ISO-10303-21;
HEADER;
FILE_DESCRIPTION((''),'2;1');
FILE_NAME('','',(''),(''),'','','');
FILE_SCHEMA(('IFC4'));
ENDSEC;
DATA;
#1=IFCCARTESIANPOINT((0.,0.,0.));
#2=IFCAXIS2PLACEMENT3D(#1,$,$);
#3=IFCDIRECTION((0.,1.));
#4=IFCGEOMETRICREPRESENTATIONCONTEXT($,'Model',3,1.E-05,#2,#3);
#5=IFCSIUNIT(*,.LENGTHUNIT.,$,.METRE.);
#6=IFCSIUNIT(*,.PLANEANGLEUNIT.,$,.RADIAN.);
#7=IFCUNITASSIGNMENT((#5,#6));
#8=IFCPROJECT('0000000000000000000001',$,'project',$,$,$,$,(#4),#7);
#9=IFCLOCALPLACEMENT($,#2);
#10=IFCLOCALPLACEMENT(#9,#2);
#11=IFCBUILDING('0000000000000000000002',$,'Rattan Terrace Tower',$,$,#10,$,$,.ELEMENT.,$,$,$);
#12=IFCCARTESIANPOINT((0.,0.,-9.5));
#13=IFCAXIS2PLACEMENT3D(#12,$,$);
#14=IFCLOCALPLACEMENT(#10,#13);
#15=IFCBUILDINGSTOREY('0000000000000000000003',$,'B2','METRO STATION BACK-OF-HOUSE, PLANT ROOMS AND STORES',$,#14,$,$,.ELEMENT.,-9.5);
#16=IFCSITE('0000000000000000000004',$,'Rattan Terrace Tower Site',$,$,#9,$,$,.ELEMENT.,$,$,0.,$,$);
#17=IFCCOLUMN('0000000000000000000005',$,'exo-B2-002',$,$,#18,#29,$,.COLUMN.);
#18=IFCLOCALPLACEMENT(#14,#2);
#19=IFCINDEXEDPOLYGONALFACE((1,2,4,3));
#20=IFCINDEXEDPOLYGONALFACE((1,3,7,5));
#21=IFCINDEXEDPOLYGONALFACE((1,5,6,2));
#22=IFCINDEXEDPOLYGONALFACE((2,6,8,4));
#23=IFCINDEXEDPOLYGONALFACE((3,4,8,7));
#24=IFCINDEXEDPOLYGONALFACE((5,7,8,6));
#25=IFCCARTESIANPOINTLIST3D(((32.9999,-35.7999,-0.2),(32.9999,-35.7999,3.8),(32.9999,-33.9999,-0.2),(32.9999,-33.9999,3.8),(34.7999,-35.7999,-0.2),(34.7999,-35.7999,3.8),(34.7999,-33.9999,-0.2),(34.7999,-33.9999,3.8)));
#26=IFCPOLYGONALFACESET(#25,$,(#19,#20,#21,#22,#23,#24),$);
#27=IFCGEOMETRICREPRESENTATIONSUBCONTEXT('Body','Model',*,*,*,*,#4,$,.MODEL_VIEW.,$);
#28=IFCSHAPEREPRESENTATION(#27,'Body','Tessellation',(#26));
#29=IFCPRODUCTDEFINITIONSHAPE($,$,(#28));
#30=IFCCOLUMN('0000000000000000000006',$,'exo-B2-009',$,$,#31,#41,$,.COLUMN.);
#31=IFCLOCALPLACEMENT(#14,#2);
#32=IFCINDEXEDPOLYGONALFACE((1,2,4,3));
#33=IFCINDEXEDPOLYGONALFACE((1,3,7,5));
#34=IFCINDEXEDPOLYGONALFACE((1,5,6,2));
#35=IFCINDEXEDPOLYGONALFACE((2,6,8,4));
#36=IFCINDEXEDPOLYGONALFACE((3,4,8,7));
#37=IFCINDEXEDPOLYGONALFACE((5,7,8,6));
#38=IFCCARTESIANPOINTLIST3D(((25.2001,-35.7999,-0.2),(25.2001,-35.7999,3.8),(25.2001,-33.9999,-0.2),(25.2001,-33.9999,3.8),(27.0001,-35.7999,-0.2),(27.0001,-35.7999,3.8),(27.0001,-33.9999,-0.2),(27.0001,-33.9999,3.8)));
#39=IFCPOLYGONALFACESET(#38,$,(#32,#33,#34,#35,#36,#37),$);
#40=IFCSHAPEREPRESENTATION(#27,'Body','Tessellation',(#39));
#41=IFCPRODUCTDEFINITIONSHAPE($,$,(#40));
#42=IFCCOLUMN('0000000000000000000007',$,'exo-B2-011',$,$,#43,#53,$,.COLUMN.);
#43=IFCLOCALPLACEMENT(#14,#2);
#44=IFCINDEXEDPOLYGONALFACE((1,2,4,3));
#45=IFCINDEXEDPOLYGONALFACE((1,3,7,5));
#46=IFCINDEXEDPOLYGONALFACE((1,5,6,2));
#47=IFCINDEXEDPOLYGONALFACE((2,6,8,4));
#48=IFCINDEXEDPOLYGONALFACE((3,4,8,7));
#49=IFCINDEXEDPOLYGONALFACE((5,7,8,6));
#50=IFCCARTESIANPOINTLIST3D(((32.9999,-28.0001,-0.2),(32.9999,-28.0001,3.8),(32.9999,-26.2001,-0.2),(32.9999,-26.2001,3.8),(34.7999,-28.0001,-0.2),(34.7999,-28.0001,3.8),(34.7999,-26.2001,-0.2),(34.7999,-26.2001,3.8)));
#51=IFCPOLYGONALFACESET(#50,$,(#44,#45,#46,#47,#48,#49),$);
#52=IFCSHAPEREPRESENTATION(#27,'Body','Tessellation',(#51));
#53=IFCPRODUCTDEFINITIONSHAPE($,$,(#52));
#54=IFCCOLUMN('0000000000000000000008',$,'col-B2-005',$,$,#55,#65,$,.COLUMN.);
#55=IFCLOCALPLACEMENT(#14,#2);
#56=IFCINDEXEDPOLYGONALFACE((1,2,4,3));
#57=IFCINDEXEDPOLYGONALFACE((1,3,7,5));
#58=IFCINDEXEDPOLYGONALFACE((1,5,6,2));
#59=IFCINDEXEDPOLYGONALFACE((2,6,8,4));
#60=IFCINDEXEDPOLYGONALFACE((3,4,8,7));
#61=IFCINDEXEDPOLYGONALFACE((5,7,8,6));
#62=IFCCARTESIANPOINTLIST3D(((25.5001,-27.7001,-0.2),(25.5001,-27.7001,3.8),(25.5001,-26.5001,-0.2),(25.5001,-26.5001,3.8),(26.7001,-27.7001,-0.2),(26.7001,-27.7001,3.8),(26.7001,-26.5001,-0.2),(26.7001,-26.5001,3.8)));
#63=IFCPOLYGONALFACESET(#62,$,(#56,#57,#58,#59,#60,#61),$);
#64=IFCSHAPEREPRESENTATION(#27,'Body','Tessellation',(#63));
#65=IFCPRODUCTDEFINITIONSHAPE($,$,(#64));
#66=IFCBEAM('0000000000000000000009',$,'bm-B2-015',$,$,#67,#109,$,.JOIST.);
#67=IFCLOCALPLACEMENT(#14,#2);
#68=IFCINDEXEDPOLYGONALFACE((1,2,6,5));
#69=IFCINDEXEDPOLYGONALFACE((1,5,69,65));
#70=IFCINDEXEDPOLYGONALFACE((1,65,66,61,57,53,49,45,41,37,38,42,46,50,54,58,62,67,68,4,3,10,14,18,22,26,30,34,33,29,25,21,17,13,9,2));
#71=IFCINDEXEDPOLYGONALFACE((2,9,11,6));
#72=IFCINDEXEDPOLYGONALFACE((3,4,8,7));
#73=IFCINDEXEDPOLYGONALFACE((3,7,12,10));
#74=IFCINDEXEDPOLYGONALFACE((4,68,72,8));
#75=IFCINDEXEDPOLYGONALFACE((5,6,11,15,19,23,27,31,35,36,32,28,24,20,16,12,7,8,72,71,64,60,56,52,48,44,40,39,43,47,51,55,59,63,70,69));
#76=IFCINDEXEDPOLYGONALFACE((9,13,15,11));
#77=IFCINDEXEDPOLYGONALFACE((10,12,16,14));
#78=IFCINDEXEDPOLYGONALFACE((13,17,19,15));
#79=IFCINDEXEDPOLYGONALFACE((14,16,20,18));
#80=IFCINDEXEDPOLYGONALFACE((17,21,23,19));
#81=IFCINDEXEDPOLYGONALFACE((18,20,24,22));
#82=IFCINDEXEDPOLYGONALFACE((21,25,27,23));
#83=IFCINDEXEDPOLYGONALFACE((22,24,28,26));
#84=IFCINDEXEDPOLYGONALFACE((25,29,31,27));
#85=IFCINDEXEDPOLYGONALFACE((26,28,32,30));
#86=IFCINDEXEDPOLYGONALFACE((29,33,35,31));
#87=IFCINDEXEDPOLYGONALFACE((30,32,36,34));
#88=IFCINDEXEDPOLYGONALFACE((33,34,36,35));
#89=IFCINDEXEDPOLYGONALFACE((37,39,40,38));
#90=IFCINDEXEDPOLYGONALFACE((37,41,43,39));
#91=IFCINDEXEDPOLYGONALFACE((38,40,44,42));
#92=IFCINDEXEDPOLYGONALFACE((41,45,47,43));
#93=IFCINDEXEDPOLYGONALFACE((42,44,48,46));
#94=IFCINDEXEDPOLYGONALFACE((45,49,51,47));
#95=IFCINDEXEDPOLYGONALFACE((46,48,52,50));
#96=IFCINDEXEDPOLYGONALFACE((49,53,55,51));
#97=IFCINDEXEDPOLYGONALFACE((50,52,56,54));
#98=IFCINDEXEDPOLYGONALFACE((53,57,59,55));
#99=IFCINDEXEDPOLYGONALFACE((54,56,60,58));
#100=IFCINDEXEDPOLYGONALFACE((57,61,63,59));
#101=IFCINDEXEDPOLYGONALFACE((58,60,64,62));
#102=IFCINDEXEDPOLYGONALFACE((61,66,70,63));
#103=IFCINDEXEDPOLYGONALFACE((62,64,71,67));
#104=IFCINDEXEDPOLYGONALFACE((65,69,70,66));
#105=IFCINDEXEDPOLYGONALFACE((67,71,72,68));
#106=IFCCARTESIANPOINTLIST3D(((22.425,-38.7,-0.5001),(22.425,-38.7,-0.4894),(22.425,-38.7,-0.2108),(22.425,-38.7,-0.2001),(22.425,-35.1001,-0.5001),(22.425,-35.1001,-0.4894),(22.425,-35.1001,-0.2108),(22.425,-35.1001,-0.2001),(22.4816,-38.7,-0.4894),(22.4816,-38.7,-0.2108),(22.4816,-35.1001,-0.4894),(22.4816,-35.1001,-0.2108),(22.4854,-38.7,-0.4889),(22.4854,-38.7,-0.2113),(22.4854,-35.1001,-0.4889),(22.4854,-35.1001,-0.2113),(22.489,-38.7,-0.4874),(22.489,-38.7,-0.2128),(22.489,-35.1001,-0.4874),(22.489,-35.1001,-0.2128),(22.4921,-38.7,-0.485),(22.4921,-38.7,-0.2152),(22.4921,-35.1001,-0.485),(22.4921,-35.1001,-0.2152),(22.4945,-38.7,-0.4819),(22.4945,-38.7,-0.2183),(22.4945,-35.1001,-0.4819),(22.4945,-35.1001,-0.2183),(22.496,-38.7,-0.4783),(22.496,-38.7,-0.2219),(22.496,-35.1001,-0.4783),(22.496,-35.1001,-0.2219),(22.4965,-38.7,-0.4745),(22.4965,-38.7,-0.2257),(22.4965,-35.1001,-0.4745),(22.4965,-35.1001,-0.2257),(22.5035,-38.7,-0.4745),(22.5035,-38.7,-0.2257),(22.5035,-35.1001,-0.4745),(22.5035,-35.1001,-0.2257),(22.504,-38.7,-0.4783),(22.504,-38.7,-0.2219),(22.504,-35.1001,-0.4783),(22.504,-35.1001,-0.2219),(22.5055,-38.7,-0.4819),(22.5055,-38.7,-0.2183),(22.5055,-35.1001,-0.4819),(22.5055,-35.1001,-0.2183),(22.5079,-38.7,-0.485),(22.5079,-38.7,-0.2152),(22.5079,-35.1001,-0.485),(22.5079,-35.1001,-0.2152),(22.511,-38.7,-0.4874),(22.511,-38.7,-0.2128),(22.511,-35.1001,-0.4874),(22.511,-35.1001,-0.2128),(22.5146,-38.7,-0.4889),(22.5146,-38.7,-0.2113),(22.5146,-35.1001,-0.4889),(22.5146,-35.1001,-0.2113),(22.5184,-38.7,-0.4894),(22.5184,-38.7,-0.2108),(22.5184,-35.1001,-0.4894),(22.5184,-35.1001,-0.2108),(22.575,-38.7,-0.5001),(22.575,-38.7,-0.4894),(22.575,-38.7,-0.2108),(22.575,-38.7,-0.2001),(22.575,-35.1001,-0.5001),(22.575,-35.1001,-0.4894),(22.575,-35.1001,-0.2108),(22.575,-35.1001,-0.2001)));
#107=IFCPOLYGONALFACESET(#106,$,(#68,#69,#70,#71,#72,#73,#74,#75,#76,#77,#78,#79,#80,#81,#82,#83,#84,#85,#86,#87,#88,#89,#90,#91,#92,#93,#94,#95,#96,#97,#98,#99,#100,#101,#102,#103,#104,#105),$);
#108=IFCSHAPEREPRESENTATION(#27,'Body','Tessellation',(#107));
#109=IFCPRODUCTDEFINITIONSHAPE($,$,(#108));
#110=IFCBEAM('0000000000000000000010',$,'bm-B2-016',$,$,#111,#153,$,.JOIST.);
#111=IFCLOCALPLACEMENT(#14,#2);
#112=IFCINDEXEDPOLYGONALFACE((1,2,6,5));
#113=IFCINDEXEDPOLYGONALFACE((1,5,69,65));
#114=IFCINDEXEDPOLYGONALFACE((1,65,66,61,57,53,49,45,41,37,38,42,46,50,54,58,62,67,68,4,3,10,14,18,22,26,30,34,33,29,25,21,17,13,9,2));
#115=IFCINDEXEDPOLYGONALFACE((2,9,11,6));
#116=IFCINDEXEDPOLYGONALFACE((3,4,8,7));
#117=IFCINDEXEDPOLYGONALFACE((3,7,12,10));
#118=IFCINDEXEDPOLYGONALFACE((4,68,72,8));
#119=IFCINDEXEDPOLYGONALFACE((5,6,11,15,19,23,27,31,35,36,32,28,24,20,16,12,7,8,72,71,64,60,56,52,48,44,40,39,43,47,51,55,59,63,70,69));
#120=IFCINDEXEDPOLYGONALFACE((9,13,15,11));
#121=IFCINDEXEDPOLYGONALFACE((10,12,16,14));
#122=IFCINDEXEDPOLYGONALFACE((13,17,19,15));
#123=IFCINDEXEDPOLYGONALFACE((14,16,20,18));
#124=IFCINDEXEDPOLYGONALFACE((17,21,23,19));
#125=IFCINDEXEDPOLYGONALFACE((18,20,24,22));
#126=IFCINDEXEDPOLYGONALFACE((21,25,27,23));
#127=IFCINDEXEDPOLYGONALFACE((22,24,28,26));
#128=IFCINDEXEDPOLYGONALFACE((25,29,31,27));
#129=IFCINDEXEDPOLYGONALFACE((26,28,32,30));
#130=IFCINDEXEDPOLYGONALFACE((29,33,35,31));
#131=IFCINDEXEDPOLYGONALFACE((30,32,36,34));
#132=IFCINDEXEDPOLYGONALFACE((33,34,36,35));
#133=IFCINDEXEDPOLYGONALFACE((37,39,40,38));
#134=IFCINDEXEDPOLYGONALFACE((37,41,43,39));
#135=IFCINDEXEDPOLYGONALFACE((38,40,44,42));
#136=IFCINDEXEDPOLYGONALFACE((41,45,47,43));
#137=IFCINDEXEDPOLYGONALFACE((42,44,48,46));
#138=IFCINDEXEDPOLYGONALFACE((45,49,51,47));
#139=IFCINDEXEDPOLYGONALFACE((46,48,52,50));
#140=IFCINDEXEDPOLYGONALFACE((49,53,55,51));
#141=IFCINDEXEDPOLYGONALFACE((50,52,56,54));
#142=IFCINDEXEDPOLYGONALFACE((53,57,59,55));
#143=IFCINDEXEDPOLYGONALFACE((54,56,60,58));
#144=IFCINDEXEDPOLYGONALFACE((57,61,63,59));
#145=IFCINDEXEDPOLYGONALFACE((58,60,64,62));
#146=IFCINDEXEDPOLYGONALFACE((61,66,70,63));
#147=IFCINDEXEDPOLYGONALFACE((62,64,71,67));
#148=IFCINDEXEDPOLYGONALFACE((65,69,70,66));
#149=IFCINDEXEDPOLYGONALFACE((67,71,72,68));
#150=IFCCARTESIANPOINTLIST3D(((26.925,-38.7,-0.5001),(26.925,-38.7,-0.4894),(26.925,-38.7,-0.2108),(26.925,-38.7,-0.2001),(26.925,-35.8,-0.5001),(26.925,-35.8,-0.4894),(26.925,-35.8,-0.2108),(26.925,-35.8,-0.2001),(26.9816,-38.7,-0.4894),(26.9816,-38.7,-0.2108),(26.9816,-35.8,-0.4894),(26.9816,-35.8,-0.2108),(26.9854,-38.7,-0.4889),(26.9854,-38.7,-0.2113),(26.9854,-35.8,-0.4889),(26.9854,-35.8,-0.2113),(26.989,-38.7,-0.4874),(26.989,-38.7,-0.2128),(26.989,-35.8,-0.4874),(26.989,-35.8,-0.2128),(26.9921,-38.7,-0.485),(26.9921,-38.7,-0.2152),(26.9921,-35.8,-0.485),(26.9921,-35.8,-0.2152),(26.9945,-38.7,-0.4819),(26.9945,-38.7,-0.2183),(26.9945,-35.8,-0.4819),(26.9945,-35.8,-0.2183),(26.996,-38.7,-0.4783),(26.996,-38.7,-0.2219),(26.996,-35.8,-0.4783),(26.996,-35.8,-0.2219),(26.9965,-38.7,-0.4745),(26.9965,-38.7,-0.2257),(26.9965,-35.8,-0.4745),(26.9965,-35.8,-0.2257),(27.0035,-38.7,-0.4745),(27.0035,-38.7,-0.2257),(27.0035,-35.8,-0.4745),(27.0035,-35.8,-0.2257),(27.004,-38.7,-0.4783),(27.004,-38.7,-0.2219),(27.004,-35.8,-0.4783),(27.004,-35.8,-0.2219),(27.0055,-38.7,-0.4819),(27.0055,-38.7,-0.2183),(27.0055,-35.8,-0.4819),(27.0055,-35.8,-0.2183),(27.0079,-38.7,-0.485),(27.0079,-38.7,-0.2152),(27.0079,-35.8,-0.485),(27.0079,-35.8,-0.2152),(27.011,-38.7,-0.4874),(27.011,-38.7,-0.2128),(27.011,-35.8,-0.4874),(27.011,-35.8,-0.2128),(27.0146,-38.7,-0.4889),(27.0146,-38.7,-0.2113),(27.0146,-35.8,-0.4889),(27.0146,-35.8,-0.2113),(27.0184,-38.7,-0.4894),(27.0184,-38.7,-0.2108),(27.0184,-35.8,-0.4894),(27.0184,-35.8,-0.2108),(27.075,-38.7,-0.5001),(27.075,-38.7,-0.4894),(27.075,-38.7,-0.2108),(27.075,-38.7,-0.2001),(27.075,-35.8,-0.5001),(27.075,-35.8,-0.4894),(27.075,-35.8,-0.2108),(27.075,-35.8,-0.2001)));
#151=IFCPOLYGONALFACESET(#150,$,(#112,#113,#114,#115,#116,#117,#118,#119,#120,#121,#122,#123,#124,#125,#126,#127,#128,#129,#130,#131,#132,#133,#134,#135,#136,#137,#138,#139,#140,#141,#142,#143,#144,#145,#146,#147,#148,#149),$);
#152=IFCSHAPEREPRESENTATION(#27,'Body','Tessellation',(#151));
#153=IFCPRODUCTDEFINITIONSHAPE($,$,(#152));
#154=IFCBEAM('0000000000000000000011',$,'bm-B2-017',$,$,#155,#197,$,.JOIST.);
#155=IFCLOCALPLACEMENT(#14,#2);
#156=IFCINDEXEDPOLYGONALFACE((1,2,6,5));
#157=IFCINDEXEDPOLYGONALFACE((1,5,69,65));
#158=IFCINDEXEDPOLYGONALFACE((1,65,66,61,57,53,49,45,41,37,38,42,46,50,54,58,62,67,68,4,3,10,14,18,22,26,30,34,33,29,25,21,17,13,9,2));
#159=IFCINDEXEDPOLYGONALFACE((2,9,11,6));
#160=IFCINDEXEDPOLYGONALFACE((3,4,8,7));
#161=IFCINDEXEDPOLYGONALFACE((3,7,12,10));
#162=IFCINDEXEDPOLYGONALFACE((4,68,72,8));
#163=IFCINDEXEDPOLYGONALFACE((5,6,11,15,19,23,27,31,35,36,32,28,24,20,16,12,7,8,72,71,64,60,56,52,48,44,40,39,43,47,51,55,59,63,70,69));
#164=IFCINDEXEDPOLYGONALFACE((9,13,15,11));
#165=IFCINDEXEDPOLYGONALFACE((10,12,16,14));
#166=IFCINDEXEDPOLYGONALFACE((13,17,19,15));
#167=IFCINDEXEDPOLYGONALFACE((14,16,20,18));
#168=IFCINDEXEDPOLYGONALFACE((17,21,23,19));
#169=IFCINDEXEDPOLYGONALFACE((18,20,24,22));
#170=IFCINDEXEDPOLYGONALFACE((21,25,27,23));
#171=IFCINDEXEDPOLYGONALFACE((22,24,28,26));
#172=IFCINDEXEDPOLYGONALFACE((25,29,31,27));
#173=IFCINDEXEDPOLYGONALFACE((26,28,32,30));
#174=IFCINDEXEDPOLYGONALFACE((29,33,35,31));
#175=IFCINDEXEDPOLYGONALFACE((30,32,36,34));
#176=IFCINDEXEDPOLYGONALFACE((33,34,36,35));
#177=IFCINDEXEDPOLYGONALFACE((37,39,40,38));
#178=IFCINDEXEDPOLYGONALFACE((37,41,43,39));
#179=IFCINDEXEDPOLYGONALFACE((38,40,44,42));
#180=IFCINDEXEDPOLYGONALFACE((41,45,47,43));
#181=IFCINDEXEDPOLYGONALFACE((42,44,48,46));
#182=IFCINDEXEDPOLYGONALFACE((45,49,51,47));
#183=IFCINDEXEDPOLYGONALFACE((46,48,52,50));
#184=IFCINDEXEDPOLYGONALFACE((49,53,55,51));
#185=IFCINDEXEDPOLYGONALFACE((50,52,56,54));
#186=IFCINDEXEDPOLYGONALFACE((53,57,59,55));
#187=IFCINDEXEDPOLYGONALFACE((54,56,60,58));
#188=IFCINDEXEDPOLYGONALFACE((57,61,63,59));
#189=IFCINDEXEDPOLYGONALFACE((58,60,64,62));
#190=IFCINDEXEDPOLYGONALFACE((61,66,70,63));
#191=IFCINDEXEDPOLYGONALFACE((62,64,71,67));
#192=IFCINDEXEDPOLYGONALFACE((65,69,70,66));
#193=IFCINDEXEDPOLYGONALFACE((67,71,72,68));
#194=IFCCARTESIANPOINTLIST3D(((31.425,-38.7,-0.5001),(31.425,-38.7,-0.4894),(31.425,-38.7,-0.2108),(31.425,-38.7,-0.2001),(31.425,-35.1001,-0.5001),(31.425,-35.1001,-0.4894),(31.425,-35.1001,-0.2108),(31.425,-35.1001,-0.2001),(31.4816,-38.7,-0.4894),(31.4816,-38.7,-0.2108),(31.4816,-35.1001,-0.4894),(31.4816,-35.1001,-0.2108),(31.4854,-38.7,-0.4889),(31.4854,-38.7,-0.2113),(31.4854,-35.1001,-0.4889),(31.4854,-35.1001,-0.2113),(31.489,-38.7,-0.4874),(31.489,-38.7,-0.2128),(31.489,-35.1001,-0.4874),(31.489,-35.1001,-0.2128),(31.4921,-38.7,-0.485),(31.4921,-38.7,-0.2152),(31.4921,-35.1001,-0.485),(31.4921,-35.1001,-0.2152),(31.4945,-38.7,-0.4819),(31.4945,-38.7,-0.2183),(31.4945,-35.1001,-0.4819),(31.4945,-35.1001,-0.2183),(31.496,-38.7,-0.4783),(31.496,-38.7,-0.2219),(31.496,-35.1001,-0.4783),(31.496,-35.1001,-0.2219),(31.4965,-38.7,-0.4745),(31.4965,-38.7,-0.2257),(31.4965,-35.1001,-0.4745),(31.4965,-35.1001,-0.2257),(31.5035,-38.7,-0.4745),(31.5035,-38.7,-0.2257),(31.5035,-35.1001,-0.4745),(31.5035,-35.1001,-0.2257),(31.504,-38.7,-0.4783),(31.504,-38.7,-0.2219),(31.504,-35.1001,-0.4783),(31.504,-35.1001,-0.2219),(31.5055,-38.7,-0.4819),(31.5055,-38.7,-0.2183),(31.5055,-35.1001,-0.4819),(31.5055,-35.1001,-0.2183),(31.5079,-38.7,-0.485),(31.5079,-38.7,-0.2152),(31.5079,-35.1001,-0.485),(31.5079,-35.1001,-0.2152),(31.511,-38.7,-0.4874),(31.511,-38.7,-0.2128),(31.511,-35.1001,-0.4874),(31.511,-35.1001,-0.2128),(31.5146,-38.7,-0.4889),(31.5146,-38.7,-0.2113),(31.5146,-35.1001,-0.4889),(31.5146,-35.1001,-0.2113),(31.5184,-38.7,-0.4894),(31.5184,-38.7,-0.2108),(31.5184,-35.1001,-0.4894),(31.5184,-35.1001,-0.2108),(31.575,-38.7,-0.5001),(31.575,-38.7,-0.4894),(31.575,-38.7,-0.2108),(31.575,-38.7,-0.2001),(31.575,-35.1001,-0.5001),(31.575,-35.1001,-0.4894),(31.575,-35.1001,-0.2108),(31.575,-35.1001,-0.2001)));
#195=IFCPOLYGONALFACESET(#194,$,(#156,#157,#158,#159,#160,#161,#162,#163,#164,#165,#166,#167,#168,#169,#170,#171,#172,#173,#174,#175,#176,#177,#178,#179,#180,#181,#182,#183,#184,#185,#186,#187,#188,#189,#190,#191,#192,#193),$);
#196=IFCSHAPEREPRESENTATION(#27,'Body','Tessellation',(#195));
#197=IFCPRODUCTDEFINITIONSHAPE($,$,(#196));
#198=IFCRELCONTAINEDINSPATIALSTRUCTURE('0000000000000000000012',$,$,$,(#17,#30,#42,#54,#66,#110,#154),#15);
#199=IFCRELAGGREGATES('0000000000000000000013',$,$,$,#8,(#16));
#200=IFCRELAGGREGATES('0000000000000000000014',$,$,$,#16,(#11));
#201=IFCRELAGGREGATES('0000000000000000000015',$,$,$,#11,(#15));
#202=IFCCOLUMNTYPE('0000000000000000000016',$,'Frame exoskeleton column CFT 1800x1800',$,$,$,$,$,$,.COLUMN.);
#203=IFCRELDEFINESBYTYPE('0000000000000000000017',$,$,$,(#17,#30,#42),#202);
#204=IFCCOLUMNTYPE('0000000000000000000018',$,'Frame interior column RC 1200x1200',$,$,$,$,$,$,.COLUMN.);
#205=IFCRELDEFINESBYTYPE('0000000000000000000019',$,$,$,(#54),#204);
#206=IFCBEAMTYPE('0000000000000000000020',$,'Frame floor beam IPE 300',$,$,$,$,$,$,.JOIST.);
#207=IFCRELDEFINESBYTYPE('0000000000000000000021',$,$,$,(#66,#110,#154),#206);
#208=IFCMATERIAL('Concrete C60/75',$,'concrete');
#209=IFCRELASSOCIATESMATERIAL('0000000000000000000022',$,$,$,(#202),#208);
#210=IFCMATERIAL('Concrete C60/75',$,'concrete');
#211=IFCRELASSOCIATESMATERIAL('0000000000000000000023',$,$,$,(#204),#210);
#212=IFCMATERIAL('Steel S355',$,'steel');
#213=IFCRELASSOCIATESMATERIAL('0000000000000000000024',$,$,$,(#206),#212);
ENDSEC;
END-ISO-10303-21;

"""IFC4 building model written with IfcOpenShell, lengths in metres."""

from ifc_helpers import new_model, si_unit, direction, frame, origin, origin_2d, place, context, subcontext, project, spatial, rectangle, i_section, extrude, material, material_profile, profile_set, type_object, element, save


model = new_model("IFC4")

# Units and contexts
model_context = context("Model", 3, precision=1e-05, world=origin(), true_north=direction((0.0, 1.0)))
body_context = subcontext(model_context, "Body", "Model", "MODEL_VIEW")
ifc_project = project(units=[si_unit("LENGTHUNIT", "METRE"), si_unit("PLANEANGLEUNIT", "RADIAN")], contexts=[model_context])

# Site, building, storey
site_placement = place(None, origin())
site = spatial("IfcSite", under=ifc_project, at=site_placement, Name="Rattan Terrace Tower Site", CompositionType="ELEMENT", RefElevation=0.0)
building_placement = place(site_placement, origin())
building = spatial("IfcBuilding", under=site, at=building_placement, Name="Rattan Terrace Tower", CompositionType="ELEMENT")
storey_placement = place(building_placement, frame((0.0, 0.0, -9.5)))
storey = spatial("IfcBuildingStorey", under=building, at=storey_placement, Name="B2", Description="METRO STATION BACK-OF-HOUSE, PLANT ROOMS AND STORES", CompositionType="ELEMENT", Elevation=-9.5)

# Columns
ifc_material_1 = material(Name="Concrete C60/75", Category="concrete")
ifc_material_profile_1 = material_profile(ifc_material_1, rectangle(XDim=1.8, YDim=1.8, at=origin_2d()), Name="CFT 1800x1800")
ifc_profile_set_1 = profile_set([ifc_material_profile_1], Name="Concrete C60/75")
column_type_1 = type_object("IfcColumnType", Name="Frame exoskeleton column CFT 1800x1800", PredefinedType="COLUMN", material=ifc_profile_set_1)
for number, where, z_axis, x_axis, name in (
    (1, (33.8999, -34.8999, -0.2), (0.0, 0.0, 1.0), (1.0, 0.0, 0.0), "exo-B2-002"),
    (2, (26.1001, -34.8999, -0.2), (0.0, 0.0, 1.0), (1.0, 0.0, 0.0), "exo-B2-009"),
    (3, (33.8999, -27.1001, -0.2), (0.0, 0.0, 1.0), (0.0, 1.0, 0.0), "exo-B2-011"),
):
    element("IfcColumn", number, at=place(storey_placement, frame(where, z_axis=z_axis, x_axis=x_axis)), inside=storey, type_object=column_type_1, Name=name, PredefinedType="COLUMN", context=body_context, shape_type="SweptSolid", body=[
        extrude(rectangle(XDim=1.8, YDim=1.8, at=origin_2d()), origin(), (0.0, 0.0, 1.0), 4.0),
    ])
ifc_material_2 = material(Name="Concrete C60/75", Category="concrete")
ifc_material_profile_2 = material_profile(ifc_material_2, rectangle(XDim=1.2, YDim=1.2, at=origin_2d()), Name="RC 1200x1200")
ifc_profile_set_2 = profile_set([ifc_material_profile_2], Name="Concrete C60/75")
column_type_2 = type_object("IfcColumnType", Name="Frame interior column RC 1200x1200", PredefinedType="COLUMN", material=ifc_profile_set_2)
column_placement = place(storey_placement, frame((26.1001, -27.1001, -0.2), z_axis=(0.0, 0.0, 1.0), x_axis=(1.0, 0.0, 0.0)))
element("IfcColumn", 4, at=column_placement, inside=storey, type_object=column_type_2, Name="col-B2-005", PredefinedType="COLUMN", context=body_context, shape_type="SweptSolid", body=[
    extrude(rectangle(XDim=1.2, YDim=1.2, at=origin_2d()), origin(), (0.0, 0.0, 1.0), 4.0),
])

# Beams
ifc_material_3 = material(Name="Steel S355", Category="steel")
ifc_material_profile_3 = material_profile(ifc_material_3, i_section(OverallWidth=0.1499, OverallDepth=0.3, WebThickness=0.0071, FlangeThickness=0.0107, FilletRadius=0.0149, at=origin_2d()), Name="IPE 300")
ifc_profile_set_3 = profile_set([ifc_material_profile_3], Name="Steel S355")
beam_type_1 = type_object("IfcBeamType", Name="Frame floor beam IPE 300", PredefinedType="JOIST", material=ifc_profile_set_3)
beam_1_placement = place(storey_placement, frame((22.5, -38.7, -0.3501), z_axis=(0.0, 1.0, 0.0), x_axis=(-1.0, 0.0, 0.0)))
element("IfcBeam", 5, at=beam_1_placement, inside=storey, type_object=beam_type_1, Name="bm-B2-015", PredefinedType="JOIST", context=body_context, shape_type="SweptSolid", body=[
    extrude(i_section(OverallWidth=0.1499, OverallDepth=0.3, WebThickness=0.0071, FlangeThickness=0.0107, FilletRadius=0.0149, at=origin_2d()), origin(), (0.0, 0.0, 1.0), 3.5999),
])
beam_2_placement = place(storey_placement, frame((27.0, -38.7, -0.3501), z_axis=(0.0, 1.0, 0.0), x_axis=(-1.0, 0.0, 0.0)))
element("IfcBeam", 6, at=beam_2_placement, inside=storey, type_object=beam_type_1, Name="bm-B2-016", PredefinedType="JOIST", context=body_context, shape_type="SweptSolid", body=[
    extrude(i_section(OverallWidth=0.1499, OverallDepth=0.3, WebThickness=0.0071, FlangeThickness=0.0107, FilletRadius=0.0149, at=origin_2d()), origin(), (0.0, 0.0, 1.0), 2.8999),
])
beam_3_placement = place(storey_placement, frame((31.5, -38.7, -0.3501), z_axis=(0.0, 1.0, 0.0), x_axis=(-1.0, 0.0, 0.0)))
element("IfcBeam", 7, at=beam_3_placement, inside=storey, type_object=beam_type_1, Name="bm-B2-017", PredefinedType="JOIST", context=body_context, shape_type="SweptSolid", body=[
    extrude(i_section(OverallWidth=0.1499, OverallDepth=0.3, WebThickness=0.0071, FlangeThickness=0.0107, FilletRadius=0.0149, at=origin_2d()), origin(), (0.0, 0.0, 1.0), 3.5999),
])

save(model, "model.ifc")
